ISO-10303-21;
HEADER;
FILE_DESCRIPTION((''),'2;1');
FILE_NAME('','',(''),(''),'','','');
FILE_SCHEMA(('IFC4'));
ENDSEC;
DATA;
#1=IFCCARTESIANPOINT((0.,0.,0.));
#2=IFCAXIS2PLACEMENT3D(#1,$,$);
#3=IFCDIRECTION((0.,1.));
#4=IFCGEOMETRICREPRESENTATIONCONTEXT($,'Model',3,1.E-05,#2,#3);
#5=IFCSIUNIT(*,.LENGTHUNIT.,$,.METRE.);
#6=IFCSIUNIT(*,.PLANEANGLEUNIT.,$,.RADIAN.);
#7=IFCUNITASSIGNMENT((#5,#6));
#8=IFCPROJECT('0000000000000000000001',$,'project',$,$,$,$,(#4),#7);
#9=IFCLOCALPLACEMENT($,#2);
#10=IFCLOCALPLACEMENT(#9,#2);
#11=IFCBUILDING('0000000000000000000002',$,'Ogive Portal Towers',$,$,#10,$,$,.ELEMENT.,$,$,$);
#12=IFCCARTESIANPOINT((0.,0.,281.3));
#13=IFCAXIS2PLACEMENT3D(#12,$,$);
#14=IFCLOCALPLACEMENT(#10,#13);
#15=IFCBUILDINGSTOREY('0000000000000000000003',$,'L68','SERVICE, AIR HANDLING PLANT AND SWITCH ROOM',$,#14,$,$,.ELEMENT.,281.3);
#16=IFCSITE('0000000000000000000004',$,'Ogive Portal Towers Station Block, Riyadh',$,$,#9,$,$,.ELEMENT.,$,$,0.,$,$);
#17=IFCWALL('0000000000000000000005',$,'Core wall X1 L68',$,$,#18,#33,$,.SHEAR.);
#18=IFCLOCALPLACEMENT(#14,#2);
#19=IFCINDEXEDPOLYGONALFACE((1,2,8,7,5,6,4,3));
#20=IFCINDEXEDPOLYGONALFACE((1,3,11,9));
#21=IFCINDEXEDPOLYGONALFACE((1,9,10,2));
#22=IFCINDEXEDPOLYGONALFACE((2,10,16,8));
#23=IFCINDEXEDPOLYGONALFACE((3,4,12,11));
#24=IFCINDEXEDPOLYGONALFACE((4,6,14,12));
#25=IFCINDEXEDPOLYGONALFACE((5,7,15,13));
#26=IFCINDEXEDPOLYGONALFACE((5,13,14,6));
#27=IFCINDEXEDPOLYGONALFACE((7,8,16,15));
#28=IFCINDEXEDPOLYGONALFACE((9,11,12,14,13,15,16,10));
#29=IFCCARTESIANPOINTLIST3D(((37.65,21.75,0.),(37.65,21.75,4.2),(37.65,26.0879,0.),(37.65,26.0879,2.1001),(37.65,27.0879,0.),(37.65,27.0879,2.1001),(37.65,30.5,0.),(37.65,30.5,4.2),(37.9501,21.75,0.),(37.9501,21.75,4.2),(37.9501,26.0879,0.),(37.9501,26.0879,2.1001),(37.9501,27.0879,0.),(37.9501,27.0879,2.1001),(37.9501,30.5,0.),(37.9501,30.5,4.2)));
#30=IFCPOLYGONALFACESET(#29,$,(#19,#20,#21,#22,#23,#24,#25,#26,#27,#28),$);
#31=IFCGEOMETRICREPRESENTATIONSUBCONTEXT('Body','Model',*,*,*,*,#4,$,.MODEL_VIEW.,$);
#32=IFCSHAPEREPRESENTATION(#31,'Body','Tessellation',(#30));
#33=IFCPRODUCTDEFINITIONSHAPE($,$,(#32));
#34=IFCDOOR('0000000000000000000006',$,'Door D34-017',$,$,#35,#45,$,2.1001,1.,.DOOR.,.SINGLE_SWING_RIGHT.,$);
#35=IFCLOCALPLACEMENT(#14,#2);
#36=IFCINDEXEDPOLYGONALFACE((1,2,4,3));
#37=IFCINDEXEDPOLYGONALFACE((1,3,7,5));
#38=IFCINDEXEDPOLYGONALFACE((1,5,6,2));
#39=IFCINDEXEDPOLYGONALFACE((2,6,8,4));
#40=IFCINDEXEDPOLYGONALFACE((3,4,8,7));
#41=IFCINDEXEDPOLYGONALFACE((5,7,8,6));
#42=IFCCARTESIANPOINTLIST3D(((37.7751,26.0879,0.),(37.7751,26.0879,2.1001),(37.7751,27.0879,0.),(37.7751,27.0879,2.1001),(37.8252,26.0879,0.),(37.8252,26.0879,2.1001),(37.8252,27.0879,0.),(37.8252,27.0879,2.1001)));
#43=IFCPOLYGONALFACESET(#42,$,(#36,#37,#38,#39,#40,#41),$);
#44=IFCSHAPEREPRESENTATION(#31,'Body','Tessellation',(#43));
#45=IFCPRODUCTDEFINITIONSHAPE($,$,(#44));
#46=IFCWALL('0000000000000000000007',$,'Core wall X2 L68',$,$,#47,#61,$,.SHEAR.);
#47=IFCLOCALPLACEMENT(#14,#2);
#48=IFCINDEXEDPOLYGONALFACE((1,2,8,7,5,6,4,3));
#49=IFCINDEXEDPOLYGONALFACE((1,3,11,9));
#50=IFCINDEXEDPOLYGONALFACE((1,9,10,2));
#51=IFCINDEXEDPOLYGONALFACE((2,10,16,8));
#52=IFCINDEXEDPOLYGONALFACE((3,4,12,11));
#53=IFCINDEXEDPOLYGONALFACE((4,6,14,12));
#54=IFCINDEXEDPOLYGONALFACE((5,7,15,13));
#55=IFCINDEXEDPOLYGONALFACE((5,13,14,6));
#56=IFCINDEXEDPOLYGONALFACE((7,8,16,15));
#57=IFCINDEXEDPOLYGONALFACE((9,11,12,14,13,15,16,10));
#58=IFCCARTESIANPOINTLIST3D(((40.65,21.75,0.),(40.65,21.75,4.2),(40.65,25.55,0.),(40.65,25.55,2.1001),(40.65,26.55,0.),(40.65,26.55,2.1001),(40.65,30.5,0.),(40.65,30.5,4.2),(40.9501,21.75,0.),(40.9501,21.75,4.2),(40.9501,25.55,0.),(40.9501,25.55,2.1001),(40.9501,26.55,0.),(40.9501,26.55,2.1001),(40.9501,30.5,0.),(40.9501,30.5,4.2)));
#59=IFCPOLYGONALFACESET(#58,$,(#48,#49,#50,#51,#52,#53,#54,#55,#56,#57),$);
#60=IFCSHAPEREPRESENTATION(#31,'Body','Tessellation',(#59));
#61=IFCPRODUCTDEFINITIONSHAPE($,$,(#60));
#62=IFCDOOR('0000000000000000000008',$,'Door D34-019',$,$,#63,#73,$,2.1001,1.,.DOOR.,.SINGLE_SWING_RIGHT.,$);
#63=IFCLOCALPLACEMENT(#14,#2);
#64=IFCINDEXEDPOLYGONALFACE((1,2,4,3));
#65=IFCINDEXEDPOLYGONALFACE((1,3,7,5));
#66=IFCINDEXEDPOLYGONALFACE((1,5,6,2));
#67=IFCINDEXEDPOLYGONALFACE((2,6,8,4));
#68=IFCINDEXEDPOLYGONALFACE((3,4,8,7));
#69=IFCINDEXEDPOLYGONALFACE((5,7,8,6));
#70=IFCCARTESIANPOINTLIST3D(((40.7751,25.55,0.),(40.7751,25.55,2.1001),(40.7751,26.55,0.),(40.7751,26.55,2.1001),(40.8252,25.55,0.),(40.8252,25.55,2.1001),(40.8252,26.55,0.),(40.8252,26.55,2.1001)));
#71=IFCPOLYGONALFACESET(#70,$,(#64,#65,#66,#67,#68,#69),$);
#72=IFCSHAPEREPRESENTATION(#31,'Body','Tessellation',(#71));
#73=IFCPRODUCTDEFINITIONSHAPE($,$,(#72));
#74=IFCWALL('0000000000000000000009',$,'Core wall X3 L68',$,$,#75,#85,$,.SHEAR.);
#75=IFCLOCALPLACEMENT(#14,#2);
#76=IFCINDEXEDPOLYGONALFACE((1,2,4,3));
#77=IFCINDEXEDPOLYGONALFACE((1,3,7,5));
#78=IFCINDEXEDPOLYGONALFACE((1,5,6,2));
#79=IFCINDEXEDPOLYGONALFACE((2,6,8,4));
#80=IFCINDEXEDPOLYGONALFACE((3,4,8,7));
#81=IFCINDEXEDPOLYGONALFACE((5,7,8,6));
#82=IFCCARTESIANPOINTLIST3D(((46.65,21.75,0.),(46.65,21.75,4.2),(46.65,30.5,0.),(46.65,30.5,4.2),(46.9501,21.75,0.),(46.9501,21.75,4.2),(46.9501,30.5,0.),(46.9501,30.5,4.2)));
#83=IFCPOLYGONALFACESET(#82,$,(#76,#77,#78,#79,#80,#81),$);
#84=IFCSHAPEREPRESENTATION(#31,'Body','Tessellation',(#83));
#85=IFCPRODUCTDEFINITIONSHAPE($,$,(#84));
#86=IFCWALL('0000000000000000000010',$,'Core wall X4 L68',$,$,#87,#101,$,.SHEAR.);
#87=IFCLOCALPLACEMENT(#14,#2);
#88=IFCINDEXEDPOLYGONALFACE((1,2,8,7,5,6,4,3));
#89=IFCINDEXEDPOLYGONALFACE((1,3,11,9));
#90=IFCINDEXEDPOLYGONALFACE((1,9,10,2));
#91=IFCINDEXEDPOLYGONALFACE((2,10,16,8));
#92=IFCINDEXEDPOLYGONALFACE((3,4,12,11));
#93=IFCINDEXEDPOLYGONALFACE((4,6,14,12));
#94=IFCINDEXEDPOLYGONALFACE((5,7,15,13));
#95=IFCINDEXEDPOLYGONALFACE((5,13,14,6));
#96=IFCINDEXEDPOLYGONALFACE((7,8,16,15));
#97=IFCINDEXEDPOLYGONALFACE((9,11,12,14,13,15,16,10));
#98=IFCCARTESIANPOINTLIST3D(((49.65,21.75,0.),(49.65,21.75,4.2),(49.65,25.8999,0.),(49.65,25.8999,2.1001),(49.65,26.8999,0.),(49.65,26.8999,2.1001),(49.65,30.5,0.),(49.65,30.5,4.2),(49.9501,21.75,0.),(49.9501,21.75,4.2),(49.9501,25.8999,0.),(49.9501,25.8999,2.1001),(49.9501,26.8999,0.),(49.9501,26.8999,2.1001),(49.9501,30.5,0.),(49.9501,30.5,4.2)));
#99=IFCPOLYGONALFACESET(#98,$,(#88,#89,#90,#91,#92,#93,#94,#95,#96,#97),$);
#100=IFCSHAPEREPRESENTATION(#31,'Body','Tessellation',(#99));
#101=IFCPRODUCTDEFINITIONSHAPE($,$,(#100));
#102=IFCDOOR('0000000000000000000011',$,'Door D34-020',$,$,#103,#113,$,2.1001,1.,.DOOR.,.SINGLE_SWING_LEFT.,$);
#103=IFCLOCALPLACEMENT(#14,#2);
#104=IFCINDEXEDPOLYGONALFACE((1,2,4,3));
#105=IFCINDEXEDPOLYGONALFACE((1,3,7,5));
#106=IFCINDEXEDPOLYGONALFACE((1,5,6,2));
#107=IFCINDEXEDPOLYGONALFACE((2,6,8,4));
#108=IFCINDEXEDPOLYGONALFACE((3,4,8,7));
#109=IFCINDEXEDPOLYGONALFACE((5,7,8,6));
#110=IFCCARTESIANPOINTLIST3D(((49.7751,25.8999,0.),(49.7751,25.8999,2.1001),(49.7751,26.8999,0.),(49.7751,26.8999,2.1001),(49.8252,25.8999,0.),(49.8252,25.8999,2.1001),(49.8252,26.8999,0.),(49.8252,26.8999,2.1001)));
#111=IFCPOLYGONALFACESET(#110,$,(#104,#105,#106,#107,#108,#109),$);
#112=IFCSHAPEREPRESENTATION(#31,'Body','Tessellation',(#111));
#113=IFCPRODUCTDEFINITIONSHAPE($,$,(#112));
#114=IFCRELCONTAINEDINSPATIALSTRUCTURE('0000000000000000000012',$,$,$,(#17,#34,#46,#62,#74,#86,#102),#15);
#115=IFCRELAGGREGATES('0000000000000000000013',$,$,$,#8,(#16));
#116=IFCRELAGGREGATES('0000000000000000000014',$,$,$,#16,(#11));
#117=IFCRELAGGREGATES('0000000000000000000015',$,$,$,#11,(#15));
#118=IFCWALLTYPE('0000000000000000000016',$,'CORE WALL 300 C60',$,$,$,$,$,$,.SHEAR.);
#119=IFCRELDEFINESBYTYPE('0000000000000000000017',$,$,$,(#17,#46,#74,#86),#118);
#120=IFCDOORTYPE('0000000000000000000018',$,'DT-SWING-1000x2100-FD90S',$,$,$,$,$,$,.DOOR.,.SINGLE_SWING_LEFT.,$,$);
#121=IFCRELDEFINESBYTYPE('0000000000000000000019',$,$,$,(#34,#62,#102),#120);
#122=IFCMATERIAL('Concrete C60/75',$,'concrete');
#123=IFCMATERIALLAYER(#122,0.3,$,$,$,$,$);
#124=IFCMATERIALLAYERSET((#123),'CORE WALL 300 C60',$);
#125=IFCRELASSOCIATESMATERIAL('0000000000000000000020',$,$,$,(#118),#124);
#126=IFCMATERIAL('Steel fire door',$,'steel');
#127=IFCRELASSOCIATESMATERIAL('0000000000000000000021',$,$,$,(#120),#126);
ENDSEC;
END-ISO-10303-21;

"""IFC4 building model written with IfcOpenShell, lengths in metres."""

from ifc_helpers import new_model, si_unit, direction, frame, frame_2d, origin, place, context, subcontext, project, spatial, rectangle, extrude, material, layer, layer_set, type_object, element, fill, save


model = new_model("IFC4")

# Units and contexts
model_context = context("Model", 3, precision=1e-05, world=origin(), true_north=direction((0.0, 1.0)))
body_context = subcontext(model_context, "Body", "Model", "MODEL_VIEW")
ifc_project = project(units=[si_unit("LENGTHUNIT", "METRE"), si_unit("PLANEANGLEUNIT", "RADIAN")], contexts=[model_context])

# Site, building, storey
site_placement = place(None, origin())
site = spatial("IfcSite", under=ifc_project, at=site_placement, Name="Ogive Portal Towers Station Block, Riyadh", CompositionType="ELEMENT", RefElevation=0.0)
building_placement = place(site_placement, origin())
building = spatial("IfcBuilding", under=site, at=building_placement, Name="Ogive Portal Towers", CompositionType="ELEMENT")
storey_placement = place(building_placement, frame((0.0, 0.0, 281.3)))
storey = spatial("IfcBuildingStorey", under=building, at=storey_placement, Name="L68", Description="SERVICE, AIR HANDLING PLANT AND SWITCH ROOM", CompositionType="ELEMENT", Elevation=281.3)

# Walls, openings, doors
ifc_material_1 = material(Name="Concrete C60/75", Category="concrete")
ifc_layer_1 = layer(ifc_material_1, 0.3)
ifc_layer_set_1 = layer_set([ifc_layer_1], Name="CORE WALL 300 C60")
wall_type = type_object("IfcWallType", Name="CORE WALL 300 C60", PredefinedType="SHEAR", material=ifc_layer_set_1)
wall_1_placement = place(storey_placement, frame((37.8, 21.75, 0.0), z_axis=(0.0, 0.0, 1.0), x_axis=(0.0, 1.0, 0.0)))
wall_1 = element("IfcWall", 1, at=wall_1_placement, inside=storey, type_object=wall_type, Name="Core wall X1 L68", PredefinedType="SHEAR", context=body_context, shape_type="SweptSolid", body=[
    extrude(rectangle(XDim=8.75, YDim=0.3, at=frame_2d((4.375, 0.0))), origin(), (0.0, 0.0, 1.0), 4.2),
])
opening_1_placement = place(wall_1_placement, frame((4.3379, 0.0, 0.0)))
opening_1 = element("IfcOpeningElement", 2, at=opening_1_placement, cuts=wall_1, PredefinedType="OPENING", context=body_context, shape_type="SweptSolid", body=[
    extrude(rectangle(XDim=1.0, YDim=2.1001, at=frame_2d((0.5, 1.05))), frame((0.0, 0.1602, 0.0), z_axis=(0.0, -1.0, 0.0), x_axis=(1.0, 0.0, 0.0)), (0.0, 0.0, 1.0), 0.3201),
])
ifc_material_2 = material(Name="Steel fire door", Category="steel")
door_type = type_object("IfcDoorType", Name="DT-SWING-1000x2100-FD90S", OperationType="SINGLE_SWING_LEFT", PredefinedType="DOOR", material=ifc_material_2)
door_1_placement = place(opening_1_placement, origin())
door_1 = element("IfcDoor", 3, at=door_1_placement, inside=storey, type_object=door_type, Name="Door D34-017", OperationType="SINGLE_SWING_RIGHT", OverallHeight=2.1001, OverallWidth=1.0, PredefinedType="DOOR", context=body_context, shape_type="SweptSolid", body=[
    extrude(rectangle(XDim=1.0, YDim=2.1001, at=frame_2d((0.5, 1.05))), frame((0.0, 0.0249, 0.0), z_axis=(0.0, -1.0, 0.0), x_axis=(1.0, 0.0, 0.0)), (0.0, 0.0, 1.0), 0.05),
])
fill(opening_1, door_1)
wall_2_placement = place(storey_placement, frame((40.8, 21.75, 0.0), z_axis=(0.0, 0.0, 1.0), x_axis=(0.0, 1.0, 0.0)))
wall_2 = element("IfcWall", 4, at=wall_2_placement, inside=storey, type_object=wall_type, Name="Core wall X2 L68", PredefinedType="SHEAR", context=body_context, shape_type="SweptSolid", body=[
    extrude(rectangle(XDim=8.75, YDim=0.3, at=frame_2d((4.375, 0.0))), origin(), (0.0, 0.0, 1.0), 4.2),
])
opening_2_placement = place(wall_2_placement, frame((3.8, 0.0, 0.0)))
opening_2 = element("IfcOpeningElement", 5, at=opening_2_placement, cuts=wall_2, PredefinedType="OPENING", context=body_context, shape_type="SweptSolid", body=[
    extrude(rectangle(XDim=1.0, YDim=2.1001, at=frame_2d((0.5, 1.05))), frame((0.0, 0.1602, 0.0), z_axis=(0.0, -1.0, 0.0), x_axis=(1.0, 0.0, 0.0)), (0.0, 0.0, 1.0), 0.3201),
])
door_2_placement = place(opening_2_placement, origin())
door_2 = element("IfcDoor", 6, at=door_2_placement, inside=storey, type_object=door_type, Name="Door D34-019", OperationType="SINGLE_SWING_RIGHT", OverallHeight=2.1001, OverallWidth=1.0, PredefinedType="DOOR", context=body_context, shape_type="SweptSolid", body=[
    extrude(rectangle(XDim=1.0, YDim=2.1001, at=frame_2d((0.5, 1.05))), frame((0.0, 0.0249, 0.0), z_axis=(0.0, -1.0, 0.0), x_axis=(1.0, 0.0, 0.0)), (0.0, 0.0, 1.0), 0.05),
])
fill(opening_2, door_2)

# Wall
wall_3_placement = place(storey_placement, frame((46.8, 21.75, 0.0), z_axis=(0.0, 0.0, 1.0), x_axis=(0.0, 1.0, 0.0)))
element("IfcWall", 7, at=wall_3_placement, inside=storey, type_object=wall_type, Name="Core wall X3 L68", PredefinedType="SHEAR", context=body_context, shape_type="SweptSolid", body=[
    extrude(rectangle(XDim=8.75, YDim=0.3, at=frame_2d((4.375, 0.0))), origin(), (0.0, 0.0, 1.0), 4.2),
])

# Wall, opening, door
wall_4_placement = place(storey_placement, frame((49.8, 21.75, 0.0), z_axis=(0.0, 0.0, 1.0), x_axis=(0.0, 1.0, 0.0)))
wall_4 = element("IfcWall", 8, at=wall_4_placement, inside=storey, type_object=wall_type, Name="Core wall X4 L68", PredefinedType="SHEAR", context=body_context, shape_type="SweptSolid", body=[
    extrude(rectangle(XDim=8.75, YDim=0.3, at=frame_2d((4.375, 0.0))), origin(), (0.0, 0.0, 1.0), 4.2),
])
opening_3_placement = place(wall_4_placement, frame((4.1499, 0.0, 0.0)))
opening_3 = element("IfcOpeningElement", 9, at=opening_3_placement, cuts=wall_4, PredefinedType="OPENING", context=body_context, shape_type="SweptSolid", body=[
    extrude(rectangle(XDim=1.0, YDim=2.1001, at=frame_2d((0.5, 1.05))), frame((0.0, 0.1602, 0.0), z_axis=(0.0, -1.0, 0.0), x_axis=(1.0, 0.0, 0.0)), (0.0, 0.0, 1.0), 0.3201),
])
door_3_placement = place(opening_3_placement, origin())
door_3 = element("IfcDoor", 10, at=door_3_placement, inside=storey, type_object=door_type, Name="Door D34-020", OperationType="SINGLE_SWING_LEFT", OverallHeight=2.1001, OverallWidth=1.0, PredefinedType="DOOR", context=body_context, shape_type="SweptSolid", body=[
    extrude(rectangle(XDim=1.0, YDim=2.1001, at=frame_2d((0.5, 1.05))), frame((0.0, 0.0249, 0.0), z_axis=(0.0, -1.0, 0.0), x_axis=(1.0, 0.0, 0.0)), (0.0, 0.0, 1.0), 0.05),
])
fill(opening_3, door_3)

save(model, "model.ifc")
